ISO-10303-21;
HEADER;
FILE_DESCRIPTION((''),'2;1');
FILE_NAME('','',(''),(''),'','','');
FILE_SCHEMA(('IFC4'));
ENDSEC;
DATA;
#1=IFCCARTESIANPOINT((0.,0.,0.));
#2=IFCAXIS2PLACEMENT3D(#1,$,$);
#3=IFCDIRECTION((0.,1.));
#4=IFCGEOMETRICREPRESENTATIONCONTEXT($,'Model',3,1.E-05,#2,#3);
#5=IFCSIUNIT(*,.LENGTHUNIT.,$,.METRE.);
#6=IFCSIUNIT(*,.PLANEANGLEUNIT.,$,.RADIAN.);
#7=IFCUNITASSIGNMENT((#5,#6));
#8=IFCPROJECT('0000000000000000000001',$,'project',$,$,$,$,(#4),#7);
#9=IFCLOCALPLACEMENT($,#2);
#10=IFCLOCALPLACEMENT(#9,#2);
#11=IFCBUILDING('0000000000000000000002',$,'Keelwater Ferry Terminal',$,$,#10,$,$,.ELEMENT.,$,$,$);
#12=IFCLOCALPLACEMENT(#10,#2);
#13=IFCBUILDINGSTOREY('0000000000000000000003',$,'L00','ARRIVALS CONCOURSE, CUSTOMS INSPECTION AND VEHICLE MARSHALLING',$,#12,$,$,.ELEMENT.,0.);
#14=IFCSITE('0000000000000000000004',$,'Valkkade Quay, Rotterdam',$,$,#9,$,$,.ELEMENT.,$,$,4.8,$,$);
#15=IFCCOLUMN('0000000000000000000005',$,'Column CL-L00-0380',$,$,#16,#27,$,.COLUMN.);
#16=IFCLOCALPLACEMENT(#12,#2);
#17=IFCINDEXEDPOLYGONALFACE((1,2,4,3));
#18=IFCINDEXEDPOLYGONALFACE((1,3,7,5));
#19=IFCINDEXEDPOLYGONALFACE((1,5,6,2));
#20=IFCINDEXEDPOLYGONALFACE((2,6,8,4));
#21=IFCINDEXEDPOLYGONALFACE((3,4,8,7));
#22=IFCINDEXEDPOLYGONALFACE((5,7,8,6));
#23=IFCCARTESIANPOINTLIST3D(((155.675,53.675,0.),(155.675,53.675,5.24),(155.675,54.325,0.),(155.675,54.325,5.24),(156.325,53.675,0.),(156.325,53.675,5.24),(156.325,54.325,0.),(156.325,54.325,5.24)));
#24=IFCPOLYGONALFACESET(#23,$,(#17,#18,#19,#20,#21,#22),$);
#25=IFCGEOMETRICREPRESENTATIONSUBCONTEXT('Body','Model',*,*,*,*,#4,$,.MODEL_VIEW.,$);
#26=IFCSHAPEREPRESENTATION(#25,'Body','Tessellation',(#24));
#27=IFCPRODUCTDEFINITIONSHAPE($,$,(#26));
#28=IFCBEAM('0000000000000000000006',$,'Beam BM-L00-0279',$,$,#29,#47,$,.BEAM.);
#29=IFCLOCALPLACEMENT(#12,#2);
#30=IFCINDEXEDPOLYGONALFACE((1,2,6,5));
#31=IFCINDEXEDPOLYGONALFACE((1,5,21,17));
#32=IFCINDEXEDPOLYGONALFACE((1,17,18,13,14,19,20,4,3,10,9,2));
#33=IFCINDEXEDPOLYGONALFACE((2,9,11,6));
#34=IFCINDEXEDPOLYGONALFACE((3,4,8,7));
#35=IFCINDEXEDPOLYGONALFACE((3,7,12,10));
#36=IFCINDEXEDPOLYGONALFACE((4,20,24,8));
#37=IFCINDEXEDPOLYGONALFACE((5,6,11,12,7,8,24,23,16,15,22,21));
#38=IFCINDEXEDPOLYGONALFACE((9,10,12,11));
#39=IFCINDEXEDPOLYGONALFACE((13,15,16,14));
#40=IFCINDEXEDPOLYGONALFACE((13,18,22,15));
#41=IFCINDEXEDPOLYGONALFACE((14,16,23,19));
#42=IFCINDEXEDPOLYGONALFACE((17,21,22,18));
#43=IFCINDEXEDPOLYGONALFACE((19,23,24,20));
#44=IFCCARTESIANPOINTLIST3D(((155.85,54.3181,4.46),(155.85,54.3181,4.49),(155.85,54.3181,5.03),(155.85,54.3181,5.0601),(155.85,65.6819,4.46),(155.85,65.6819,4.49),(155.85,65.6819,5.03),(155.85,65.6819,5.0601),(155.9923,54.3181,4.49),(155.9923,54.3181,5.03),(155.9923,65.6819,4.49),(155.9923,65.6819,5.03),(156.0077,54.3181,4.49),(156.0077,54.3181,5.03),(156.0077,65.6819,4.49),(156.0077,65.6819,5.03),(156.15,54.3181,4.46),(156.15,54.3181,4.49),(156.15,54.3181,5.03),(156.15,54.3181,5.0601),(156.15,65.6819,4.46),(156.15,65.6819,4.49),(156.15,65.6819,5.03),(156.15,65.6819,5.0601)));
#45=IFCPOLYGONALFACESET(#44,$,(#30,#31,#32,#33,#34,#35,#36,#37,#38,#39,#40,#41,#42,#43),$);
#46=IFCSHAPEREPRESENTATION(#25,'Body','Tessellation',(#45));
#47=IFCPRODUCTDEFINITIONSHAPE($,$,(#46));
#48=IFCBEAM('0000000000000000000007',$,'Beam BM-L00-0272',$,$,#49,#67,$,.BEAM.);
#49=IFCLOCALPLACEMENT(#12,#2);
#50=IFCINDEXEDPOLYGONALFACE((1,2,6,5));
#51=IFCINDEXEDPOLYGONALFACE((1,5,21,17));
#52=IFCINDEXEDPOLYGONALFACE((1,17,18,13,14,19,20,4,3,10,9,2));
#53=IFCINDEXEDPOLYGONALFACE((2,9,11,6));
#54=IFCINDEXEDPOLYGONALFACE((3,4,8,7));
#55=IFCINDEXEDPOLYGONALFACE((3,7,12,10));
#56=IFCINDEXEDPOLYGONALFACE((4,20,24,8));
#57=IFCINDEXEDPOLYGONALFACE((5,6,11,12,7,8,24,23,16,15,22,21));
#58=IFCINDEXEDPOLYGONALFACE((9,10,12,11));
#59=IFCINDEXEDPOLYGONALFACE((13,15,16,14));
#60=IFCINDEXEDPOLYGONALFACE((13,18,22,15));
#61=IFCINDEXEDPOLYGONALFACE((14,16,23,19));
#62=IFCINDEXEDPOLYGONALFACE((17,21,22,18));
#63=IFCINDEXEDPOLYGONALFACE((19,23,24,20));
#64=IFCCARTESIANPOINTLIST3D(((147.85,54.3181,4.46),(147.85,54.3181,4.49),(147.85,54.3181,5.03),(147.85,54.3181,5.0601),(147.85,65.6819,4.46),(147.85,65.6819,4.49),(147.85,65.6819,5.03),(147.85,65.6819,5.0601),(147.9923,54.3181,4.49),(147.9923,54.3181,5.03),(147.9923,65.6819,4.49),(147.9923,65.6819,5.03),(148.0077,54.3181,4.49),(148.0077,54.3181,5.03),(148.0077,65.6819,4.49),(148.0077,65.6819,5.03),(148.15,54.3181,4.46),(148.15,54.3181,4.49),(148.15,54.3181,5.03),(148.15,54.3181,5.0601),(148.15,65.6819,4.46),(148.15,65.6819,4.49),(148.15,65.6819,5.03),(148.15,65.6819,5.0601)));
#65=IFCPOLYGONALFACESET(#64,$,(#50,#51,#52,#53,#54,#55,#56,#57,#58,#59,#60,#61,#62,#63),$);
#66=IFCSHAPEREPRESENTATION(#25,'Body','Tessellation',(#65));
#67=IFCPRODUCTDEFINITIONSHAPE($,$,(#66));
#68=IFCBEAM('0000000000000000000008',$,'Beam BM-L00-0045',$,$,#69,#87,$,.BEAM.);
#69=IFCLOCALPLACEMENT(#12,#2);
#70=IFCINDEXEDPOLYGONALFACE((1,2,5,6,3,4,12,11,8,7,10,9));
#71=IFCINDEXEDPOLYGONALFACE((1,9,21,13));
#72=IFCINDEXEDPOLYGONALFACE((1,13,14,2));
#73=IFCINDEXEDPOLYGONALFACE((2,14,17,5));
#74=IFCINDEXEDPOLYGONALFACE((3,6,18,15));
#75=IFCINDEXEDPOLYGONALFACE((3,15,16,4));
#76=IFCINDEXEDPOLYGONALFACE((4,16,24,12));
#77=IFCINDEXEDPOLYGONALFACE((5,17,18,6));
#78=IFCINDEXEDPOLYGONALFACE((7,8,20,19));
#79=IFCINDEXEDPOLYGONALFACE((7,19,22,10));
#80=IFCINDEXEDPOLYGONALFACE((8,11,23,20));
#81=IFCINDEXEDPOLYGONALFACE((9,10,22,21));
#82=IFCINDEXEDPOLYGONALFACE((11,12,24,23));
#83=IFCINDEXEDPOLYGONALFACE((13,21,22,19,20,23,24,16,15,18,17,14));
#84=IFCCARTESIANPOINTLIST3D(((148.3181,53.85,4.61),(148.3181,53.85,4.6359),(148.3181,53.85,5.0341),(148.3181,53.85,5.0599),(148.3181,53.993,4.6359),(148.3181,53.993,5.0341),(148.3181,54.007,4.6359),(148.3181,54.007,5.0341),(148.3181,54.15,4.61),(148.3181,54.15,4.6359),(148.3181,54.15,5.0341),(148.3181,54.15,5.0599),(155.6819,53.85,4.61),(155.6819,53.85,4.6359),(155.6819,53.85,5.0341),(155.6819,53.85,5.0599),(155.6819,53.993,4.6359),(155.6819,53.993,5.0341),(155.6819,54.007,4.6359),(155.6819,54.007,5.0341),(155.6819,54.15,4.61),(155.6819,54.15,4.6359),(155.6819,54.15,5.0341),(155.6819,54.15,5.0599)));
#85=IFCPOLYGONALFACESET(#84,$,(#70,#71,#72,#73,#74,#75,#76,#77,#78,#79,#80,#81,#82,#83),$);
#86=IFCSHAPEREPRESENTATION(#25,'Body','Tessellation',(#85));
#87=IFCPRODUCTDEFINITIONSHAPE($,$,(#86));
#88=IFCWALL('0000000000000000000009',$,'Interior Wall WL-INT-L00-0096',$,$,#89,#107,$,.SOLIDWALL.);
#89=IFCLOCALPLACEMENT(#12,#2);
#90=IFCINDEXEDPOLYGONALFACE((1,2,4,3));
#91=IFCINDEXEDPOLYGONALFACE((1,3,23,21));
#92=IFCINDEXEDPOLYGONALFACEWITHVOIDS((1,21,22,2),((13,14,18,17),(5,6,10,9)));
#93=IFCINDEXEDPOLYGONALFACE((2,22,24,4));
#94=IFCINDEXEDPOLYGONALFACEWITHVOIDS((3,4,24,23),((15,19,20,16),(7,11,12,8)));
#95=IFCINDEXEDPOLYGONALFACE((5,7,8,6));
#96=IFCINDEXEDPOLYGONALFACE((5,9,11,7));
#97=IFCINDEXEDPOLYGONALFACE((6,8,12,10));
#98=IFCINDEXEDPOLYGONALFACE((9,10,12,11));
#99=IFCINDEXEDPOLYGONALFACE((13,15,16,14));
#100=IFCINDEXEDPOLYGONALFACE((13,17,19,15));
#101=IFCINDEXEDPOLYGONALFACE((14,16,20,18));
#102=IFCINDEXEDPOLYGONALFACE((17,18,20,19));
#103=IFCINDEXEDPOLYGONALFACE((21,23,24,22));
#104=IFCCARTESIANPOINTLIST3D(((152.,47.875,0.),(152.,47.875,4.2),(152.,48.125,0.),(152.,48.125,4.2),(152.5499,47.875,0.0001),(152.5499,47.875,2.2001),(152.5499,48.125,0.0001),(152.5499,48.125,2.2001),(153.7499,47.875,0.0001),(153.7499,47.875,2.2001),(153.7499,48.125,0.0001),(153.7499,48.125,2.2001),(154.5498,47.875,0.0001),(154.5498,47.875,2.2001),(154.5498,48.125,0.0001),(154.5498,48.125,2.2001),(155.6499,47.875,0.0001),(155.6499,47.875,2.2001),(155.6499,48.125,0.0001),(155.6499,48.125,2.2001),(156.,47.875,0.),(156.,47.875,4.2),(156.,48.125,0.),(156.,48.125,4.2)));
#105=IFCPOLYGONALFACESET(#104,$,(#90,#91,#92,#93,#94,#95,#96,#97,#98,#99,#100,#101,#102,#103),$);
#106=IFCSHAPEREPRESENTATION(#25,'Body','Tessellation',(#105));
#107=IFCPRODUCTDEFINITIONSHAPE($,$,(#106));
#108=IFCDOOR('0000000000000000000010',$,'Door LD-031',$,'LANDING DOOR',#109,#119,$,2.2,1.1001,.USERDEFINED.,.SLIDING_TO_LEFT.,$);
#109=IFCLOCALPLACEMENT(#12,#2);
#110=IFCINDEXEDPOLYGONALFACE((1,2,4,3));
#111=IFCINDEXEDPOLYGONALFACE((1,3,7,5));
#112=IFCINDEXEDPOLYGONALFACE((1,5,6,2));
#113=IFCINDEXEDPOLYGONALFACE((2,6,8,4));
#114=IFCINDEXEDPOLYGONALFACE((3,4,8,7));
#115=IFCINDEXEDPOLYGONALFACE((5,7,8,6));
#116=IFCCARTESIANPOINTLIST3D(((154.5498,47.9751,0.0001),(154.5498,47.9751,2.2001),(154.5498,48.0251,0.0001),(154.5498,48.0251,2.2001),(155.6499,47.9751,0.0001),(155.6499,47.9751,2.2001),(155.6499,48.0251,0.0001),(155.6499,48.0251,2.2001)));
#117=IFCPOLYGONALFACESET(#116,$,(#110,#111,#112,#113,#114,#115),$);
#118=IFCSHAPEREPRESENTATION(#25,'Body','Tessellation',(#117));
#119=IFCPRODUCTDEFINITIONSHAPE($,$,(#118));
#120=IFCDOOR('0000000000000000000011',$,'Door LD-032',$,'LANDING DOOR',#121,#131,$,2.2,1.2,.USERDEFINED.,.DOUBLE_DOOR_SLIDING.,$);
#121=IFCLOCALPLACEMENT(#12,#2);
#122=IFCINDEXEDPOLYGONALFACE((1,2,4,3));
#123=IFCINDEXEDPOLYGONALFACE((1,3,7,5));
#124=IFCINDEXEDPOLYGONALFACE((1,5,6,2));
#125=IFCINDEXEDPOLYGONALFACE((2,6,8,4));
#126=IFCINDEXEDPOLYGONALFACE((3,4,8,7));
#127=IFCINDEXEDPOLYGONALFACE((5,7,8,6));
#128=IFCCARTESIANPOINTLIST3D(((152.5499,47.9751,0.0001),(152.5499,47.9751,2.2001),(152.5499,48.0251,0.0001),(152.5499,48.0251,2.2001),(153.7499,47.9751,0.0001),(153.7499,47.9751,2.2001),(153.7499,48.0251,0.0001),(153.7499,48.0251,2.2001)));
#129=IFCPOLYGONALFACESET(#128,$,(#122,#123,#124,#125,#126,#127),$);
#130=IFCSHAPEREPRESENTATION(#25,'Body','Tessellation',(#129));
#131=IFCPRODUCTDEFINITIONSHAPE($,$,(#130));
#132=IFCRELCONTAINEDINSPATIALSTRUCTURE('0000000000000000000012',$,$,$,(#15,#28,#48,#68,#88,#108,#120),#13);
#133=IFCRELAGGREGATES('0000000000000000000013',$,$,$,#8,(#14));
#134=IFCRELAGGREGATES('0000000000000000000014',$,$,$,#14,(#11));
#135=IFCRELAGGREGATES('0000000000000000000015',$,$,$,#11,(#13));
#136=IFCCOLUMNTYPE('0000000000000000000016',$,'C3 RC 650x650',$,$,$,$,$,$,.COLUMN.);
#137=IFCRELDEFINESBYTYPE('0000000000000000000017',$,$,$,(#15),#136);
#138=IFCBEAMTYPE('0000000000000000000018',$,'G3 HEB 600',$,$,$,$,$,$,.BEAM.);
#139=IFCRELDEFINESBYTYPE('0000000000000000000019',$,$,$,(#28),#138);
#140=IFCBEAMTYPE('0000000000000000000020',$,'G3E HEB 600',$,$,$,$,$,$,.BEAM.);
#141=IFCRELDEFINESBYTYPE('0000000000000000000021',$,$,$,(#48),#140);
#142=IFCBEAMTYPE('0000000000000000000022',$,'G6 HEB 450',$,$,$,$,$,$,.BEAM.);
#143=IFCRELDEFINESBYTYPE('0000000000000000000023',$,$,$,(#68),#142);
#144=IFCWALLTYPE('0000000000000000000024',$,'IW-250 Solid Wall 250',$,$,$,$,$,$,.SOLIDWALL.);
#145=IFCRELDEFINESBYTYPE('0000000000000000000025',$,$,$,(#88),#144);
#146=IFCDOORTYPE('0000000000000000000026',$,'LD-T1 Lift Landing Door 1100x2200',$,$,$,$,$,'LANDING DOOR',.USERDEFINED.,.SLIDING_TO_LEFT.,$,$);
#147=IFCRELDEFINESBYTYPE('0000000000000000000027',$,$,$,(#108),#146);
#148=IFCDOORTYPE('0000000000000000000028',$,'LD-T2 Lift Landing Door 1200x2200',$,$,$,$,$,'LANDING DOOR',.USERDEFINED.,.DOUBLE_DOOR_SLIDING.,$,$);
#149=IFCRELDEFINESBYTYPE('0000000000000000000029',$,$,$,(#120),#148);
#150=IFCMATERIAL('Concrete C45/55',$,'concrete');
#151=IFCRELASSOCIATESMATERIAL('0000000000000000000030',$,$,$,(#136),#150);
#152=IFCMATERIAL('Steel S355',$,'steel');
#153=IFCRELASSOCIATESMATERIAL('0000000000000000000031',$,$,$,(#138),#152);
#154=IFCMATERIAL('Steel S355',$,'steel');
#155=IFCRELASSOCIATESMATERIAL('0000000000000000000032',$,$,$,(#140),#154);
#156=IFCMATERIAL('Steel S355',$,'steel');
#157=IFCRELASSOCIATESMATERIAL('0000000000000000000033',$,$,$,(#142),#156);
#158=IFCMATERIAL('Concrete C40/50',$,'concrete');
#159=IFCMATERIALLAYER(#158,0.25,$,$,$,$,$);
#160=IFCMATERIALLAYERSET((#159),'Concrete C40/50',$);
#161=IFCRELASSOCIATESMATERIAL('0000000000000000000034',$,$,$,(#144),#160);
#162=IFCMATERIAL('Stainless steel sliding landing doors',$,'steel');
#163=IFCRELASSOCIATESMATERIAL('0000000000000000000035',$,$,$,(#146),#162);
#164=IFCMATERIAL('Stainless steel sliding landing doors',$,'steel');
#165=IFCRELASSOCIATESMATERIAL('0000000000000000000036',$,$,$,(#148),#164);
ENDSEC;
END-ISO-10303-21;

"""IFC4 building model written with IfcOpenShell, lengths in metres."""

from ifc_helpers import new_model, si_unit, direction, frame, frame_2d, origin, origin_2d, place, context, subcontext, project, spatial, rectangle, i_section, extrude, material, layer, layer_set, material_profile, profile_set, type_object, element, fill, save


model = new_model("IFC4")

# Units and contexts
model_context = context("Model", 3, precision=1e-05, world=origin(), true_north=direction((0.0, 1.0)))
body_context = subcontext(model_context, "Body", "Model", "MODEL_VIEW")
ifc_project = project(units=[si_unit("LENGTHUNIT", "METRE"), si_unit("PLANEANGLEUNIT", "RADIAN")], contexts=[model_context])

# Site, building, storey
site_placement = place(None, origin())
site = spatial("IfcSite", under=ifc_project, at=site_placement, Name="Valkkade Quay, Rotterdam", CompositionType="ELEMENT", RefElevation=4.8)
building_placement = place(site_placement, origin())
building = spatial("IfcBuilding", under=site, at=building_placement, Name="Keelwater Ferry Terminal", CompositionType="ELEMENT")
storey_placement = place(building_placement, origin())
storey = spatial("IfcBuildingStorey", under=building, at=storey_placement, Name="L00", Description="ARRIVALS CONCOURSE, CUSTOMS INSPECTION AND VEHICLE MARSHALLING", CompositionType="ELEMENT", Elevation=0.0)

# Column
ifc_material_1 = material(Name="Concrete C45/55", Category="concrete")
ifc_material_profile_1 = material_profile(ifc_material_1, rectangle(XDim=0.6499, YDim=0.6499, at=origin_2d()), Name="RC 650x650")
ifc_profile_set_1 = profile_set([ifc_material_profile_1], Name="Concrete C45/55")
column_type = type_object("IfcColumnType", Name="C3 RC 650x650", PredefinedType="COLUMN", material=ifc_profile_set_1)
for number, where, z_axis, x_axis, name in (
    (1, (156.0, 54.0, 0.0), (0.0, 0.0, 1.0), (1.0, 0.0, 0.0), "Column CL-L00-0380"),
):
    element("IfcColumn", number, at=place(storey_placement, frame(where, z_axis=z_axis, x_axis=x_axis)), inside=storey, type_object=column_type, Name=name, PredefinedType="COLUMN", context=body_context, shape_type="SweptSolid", body=[
        extrude(rectangle(XDim=0.6499, YDim=0.6499, at=origin_2d()), origin(), (0.0, 0.0, 1.0), 5.24),
    ])

# Beams
ifc_material_2 = material(Name="Steel S355", Category="steel")
ifc_material_profile_2 = material_profile(ifc_material_2, i_section(OverallWidth=0.3, OverallDepth=0.6001, WebThickness=0.0154, FlangeThickness=0.03, at=origin_2d()), Name="HEB 600")
ifc_profile_set_2 = profile_set([ifc_material_profile_2], Name="Steel S355")
beam_type_1 = type_object("IfcBeamType", Name="G3 HEB 600", PredefinedType="BEAM", material=ifc_profile_set_2)
beam_1_placement = place(storey_placement, frame((156.0, 54.3181, 4.76), z_axis=(0.0, 1.0, 0.0), x_axis=(-1.0, 0.0, 0.0)))
element("IfcBeam", 2, at=beam_1_placement, inside=storey, type_object=beam_type_1, Name="Beam BM-L00-0279", PredefinedType="BEAM", context=body_context, shape_type="SweptSolid", body=[
    extrude(i_section(OverallWidth=0.3, OverallDepth=0.6001, WebThickness=0.0154, FlangeThickness=0.03, at=origin_2d()), origin(), (0.0, 0.0, 1.0), 11.3638),
])
ifc_material_3 = material(Name="Steel S355", Category="steel")
ifc_material_profile_3 = material_profile(ifc_material_3, i_section(OverallWidth=0.3, OverallDepth=0.6001, WebThickness=0.0154, FlangeThickness=0.03, at=origin_2d()), Name="HEB 600")
ifc_profile_set_3 = profile_set([ifc_material_profile_3], Name="Steel S355")
beam_type_2 = type_object("IfcBeamType", Name="G3E HEB 600", PredefinedType="BEAM", material=ifc_profile_set_3)
beam_2_placement = place(storey_placement, frame((148.0, 54.3181, 4.76), z_axis=(0.0, 1.0, 0.0), x_axis=(-1.0, 0.0, 0.0)))
element("IfcBeam", 3, at=beam_2_placement, inside=storey, type_object=beam_type_2, Name="Beam BM-L00-0272", PredefinedType="BEAM", context=body_context, shape_type="SweptSolid", body=[
    extrude(i_section(OverallWidth=0.3, OverallDepth=0.6001, WebThickness=0.0154, FlangeThickness=0.03, at=origin_2d()), origin(), (0.0, 0.0, 1.0), 11.3638),
])
ifc_material_4 = material(Name="Steel S355", Category="steel")
ifc_material_profile_4 = material_profile(ifc_material_4, i_section(OverallWidth=0.3, OverallDepth=0.45, WebThickness=0.0139, FlangeThickness=0.0259, at=origin_2d()), Name="HEB 450")
ifc_profile_set_4 = profile_set([ifc_material_profile_4], Name="Steel S355")
beam_type_3 = type_object("IfcBeamType", Name="G6 HEB 450", PredefinedType="BEAM", material=ifc_profile_set_4)
beam_3_placement = place(storey_placement, frame((148.3181, 54.0, 4.835), z_axis=(1.0, 0.0, 0.0), x_axis=(0.0, 1.0, 0.0)))
element("IfcBeam", 4, at=beam_3_placement, inside=storey, type_object=beam_type_3, Name="Beam BM-L00-0045", PredefinedType="BEAM", context=body_context, shape_type="SweptSolid", body=[
    extrude(i_section(OverallWidth=0.3, OverallDepth=0.45, WebThickness=0.0139, FlangeThickness=0.0259, at=origin_2d()), origin(), (0.0, 0.0, 1.0), 7.3638),
])

# Wall, openings, doors
ifc_material_5 = material(Name="Concrete C40/50", Category="concrete")
ifc_layer_1 = layer(ifc_material_5, 0.25)
ifc_layer_set_1 = layer_set([ifc_layer_1], Name="Concrete C40/50")
wall_type_1 = type_object("IfcWallType", Name="IW-250 Solid Wall 250", PredefinedType="SOLIDWALL", material=ifc_layer_set_1)
wall_1_placement = place(storey_placement, frame((156.0, 48.0, 0.0), z_axis=(0.0, 0.0, 1.0), x_axis=(-1.0, 0.0, 0.0)))
wall_1 = element("IfcWall", 5, at=wall_1_placement, inside=storey, type_object=wall_type_1, Name="Interior Wall WL-INT-L00-0096", PredefinedType="SOLIDWALL", context=body_context, shape_type="SweptSolid", body=[
    extrude(rectangle(XDim=4.0, YDim=0.25, at=frame_2d((2.0, 0.0))), origin(), (0.0, 0.0, 1.0), 4.2),
])
opening_1_placement = place(wall_1_placement, frame((0.3501, 0.0, 0.0)))
opening_1 = element("IfcOpeningElement", 6, at=opening_1_placement, cuts=wall_1, PredefinedType="OPENING", context=body_context, shape_type="SweptSolid", body=[
    extrude(rectangle(XDim=1.1001, YDim=2.2, at=frame_2d((0.55, 1.1001))), frame((0.0, 0.135, 0.0), z_axis=(0.0, -1.0, 0.0), x_axis=(1.0, 0.0, 0.0)), (0.0, 0.0, 1.0), 0.27),
])
opening_2_placement = place(wall_1_placement, frame((2.25, 0.0, 0.0)))
opening_2 = element("IfcOpeningElement", 7, at=opening_2_placement, cuts=wall_1, PredefinedType="OPENING", context=body_context, shape_type="SweptSolid", body=[
    extrude(rectangle(XDim=1.2, YDim=2.2, at=frame_2d((0.6001, 1.1001))), frame((0.0, 0.135, 0.0), z_axis=(0.0, -1.0, 0.0), x_axis=(1.0, 0.0, 0.0)), (0.0, 0.0, 1.0), 0.27),
])
ifc_material_6 = material(Name="Stainless steel sliding landing doors", Category="steel")
door_type_1 = type_object("IfcDoorType", Name="LD-T1 Lift Landing Door 1100x2200", ElementType="LANDING DOOR", OperationType="SLIDING_TO_LEFT", PredefinedType="USERDEFINED", material=ifc_material_6)
door_1_placement = place(opening_1_placement, origin())
door_1 = element("IfcDoor", 8, at=door_1_placement, inside=storey, type_object=door_type_1, Name="Door LD-031", ObjectType="LANDING DOOR", OperationType="SLIDING_TO_LEFT", OverallHeight=2.2, OverallWidth=1.1001, PredefinedType="USERDEFINED", context=body_context, shape_type="SweptSolid", body=[
    extrude(rectangle(XDim=1.1001, YDim=2.2, at=frame_2d((0.55, 1.1001))), frame((0.0, 0.0249, 0.0), z_axis=(0.0, -1.0, 0.0), x_axis=(1.0, 0.0, 0.0)), (0.0, 0.0, 1.0), 0.05),
])
fill(opening_1, door_1)
ifc_material_7 = material(Name="Stainless steel sliding landing doors", Category="steel")
door_type_2 = type_object("IfcDoorType", Name="LD-T2 Lift Landing Door 1200x2200", ElementType="LANDING DOOR", OperationType="DOUBLE_DOOR_SLIDING", PredefinedType="USERDEFINED", material=ifc_material_7)
door_2_placement = place(opening_2_placement, origin())
door_2 = element("IfcDoor", 9, at=door_2_placement, inside=storey, type_object=door_type_2, Name="Door LD-032", ObjectType="LANDING DOOR", OperationType="DOUBLE_DOOR_SLIDING", OverallHeight=2.2, OverallWidth=1.2, PredefinedType="USERDEFINED", context=body_context, shape_type="SweptSolid", body=[
    extrude(rectangle(XDim=1.2, YDim=2.2, at=frame_2d((0.6001, 1.1001))), frame((0.0, 0.0249, 0.0), z_axis=(0.0, -1.0, 0.0), x_axis=(1.0, 0.0, 0.0)), (0.0, 0.0, 1.0), 0.05),
])
fill(opening_2, door_2)

save(model, "model.ifc")
